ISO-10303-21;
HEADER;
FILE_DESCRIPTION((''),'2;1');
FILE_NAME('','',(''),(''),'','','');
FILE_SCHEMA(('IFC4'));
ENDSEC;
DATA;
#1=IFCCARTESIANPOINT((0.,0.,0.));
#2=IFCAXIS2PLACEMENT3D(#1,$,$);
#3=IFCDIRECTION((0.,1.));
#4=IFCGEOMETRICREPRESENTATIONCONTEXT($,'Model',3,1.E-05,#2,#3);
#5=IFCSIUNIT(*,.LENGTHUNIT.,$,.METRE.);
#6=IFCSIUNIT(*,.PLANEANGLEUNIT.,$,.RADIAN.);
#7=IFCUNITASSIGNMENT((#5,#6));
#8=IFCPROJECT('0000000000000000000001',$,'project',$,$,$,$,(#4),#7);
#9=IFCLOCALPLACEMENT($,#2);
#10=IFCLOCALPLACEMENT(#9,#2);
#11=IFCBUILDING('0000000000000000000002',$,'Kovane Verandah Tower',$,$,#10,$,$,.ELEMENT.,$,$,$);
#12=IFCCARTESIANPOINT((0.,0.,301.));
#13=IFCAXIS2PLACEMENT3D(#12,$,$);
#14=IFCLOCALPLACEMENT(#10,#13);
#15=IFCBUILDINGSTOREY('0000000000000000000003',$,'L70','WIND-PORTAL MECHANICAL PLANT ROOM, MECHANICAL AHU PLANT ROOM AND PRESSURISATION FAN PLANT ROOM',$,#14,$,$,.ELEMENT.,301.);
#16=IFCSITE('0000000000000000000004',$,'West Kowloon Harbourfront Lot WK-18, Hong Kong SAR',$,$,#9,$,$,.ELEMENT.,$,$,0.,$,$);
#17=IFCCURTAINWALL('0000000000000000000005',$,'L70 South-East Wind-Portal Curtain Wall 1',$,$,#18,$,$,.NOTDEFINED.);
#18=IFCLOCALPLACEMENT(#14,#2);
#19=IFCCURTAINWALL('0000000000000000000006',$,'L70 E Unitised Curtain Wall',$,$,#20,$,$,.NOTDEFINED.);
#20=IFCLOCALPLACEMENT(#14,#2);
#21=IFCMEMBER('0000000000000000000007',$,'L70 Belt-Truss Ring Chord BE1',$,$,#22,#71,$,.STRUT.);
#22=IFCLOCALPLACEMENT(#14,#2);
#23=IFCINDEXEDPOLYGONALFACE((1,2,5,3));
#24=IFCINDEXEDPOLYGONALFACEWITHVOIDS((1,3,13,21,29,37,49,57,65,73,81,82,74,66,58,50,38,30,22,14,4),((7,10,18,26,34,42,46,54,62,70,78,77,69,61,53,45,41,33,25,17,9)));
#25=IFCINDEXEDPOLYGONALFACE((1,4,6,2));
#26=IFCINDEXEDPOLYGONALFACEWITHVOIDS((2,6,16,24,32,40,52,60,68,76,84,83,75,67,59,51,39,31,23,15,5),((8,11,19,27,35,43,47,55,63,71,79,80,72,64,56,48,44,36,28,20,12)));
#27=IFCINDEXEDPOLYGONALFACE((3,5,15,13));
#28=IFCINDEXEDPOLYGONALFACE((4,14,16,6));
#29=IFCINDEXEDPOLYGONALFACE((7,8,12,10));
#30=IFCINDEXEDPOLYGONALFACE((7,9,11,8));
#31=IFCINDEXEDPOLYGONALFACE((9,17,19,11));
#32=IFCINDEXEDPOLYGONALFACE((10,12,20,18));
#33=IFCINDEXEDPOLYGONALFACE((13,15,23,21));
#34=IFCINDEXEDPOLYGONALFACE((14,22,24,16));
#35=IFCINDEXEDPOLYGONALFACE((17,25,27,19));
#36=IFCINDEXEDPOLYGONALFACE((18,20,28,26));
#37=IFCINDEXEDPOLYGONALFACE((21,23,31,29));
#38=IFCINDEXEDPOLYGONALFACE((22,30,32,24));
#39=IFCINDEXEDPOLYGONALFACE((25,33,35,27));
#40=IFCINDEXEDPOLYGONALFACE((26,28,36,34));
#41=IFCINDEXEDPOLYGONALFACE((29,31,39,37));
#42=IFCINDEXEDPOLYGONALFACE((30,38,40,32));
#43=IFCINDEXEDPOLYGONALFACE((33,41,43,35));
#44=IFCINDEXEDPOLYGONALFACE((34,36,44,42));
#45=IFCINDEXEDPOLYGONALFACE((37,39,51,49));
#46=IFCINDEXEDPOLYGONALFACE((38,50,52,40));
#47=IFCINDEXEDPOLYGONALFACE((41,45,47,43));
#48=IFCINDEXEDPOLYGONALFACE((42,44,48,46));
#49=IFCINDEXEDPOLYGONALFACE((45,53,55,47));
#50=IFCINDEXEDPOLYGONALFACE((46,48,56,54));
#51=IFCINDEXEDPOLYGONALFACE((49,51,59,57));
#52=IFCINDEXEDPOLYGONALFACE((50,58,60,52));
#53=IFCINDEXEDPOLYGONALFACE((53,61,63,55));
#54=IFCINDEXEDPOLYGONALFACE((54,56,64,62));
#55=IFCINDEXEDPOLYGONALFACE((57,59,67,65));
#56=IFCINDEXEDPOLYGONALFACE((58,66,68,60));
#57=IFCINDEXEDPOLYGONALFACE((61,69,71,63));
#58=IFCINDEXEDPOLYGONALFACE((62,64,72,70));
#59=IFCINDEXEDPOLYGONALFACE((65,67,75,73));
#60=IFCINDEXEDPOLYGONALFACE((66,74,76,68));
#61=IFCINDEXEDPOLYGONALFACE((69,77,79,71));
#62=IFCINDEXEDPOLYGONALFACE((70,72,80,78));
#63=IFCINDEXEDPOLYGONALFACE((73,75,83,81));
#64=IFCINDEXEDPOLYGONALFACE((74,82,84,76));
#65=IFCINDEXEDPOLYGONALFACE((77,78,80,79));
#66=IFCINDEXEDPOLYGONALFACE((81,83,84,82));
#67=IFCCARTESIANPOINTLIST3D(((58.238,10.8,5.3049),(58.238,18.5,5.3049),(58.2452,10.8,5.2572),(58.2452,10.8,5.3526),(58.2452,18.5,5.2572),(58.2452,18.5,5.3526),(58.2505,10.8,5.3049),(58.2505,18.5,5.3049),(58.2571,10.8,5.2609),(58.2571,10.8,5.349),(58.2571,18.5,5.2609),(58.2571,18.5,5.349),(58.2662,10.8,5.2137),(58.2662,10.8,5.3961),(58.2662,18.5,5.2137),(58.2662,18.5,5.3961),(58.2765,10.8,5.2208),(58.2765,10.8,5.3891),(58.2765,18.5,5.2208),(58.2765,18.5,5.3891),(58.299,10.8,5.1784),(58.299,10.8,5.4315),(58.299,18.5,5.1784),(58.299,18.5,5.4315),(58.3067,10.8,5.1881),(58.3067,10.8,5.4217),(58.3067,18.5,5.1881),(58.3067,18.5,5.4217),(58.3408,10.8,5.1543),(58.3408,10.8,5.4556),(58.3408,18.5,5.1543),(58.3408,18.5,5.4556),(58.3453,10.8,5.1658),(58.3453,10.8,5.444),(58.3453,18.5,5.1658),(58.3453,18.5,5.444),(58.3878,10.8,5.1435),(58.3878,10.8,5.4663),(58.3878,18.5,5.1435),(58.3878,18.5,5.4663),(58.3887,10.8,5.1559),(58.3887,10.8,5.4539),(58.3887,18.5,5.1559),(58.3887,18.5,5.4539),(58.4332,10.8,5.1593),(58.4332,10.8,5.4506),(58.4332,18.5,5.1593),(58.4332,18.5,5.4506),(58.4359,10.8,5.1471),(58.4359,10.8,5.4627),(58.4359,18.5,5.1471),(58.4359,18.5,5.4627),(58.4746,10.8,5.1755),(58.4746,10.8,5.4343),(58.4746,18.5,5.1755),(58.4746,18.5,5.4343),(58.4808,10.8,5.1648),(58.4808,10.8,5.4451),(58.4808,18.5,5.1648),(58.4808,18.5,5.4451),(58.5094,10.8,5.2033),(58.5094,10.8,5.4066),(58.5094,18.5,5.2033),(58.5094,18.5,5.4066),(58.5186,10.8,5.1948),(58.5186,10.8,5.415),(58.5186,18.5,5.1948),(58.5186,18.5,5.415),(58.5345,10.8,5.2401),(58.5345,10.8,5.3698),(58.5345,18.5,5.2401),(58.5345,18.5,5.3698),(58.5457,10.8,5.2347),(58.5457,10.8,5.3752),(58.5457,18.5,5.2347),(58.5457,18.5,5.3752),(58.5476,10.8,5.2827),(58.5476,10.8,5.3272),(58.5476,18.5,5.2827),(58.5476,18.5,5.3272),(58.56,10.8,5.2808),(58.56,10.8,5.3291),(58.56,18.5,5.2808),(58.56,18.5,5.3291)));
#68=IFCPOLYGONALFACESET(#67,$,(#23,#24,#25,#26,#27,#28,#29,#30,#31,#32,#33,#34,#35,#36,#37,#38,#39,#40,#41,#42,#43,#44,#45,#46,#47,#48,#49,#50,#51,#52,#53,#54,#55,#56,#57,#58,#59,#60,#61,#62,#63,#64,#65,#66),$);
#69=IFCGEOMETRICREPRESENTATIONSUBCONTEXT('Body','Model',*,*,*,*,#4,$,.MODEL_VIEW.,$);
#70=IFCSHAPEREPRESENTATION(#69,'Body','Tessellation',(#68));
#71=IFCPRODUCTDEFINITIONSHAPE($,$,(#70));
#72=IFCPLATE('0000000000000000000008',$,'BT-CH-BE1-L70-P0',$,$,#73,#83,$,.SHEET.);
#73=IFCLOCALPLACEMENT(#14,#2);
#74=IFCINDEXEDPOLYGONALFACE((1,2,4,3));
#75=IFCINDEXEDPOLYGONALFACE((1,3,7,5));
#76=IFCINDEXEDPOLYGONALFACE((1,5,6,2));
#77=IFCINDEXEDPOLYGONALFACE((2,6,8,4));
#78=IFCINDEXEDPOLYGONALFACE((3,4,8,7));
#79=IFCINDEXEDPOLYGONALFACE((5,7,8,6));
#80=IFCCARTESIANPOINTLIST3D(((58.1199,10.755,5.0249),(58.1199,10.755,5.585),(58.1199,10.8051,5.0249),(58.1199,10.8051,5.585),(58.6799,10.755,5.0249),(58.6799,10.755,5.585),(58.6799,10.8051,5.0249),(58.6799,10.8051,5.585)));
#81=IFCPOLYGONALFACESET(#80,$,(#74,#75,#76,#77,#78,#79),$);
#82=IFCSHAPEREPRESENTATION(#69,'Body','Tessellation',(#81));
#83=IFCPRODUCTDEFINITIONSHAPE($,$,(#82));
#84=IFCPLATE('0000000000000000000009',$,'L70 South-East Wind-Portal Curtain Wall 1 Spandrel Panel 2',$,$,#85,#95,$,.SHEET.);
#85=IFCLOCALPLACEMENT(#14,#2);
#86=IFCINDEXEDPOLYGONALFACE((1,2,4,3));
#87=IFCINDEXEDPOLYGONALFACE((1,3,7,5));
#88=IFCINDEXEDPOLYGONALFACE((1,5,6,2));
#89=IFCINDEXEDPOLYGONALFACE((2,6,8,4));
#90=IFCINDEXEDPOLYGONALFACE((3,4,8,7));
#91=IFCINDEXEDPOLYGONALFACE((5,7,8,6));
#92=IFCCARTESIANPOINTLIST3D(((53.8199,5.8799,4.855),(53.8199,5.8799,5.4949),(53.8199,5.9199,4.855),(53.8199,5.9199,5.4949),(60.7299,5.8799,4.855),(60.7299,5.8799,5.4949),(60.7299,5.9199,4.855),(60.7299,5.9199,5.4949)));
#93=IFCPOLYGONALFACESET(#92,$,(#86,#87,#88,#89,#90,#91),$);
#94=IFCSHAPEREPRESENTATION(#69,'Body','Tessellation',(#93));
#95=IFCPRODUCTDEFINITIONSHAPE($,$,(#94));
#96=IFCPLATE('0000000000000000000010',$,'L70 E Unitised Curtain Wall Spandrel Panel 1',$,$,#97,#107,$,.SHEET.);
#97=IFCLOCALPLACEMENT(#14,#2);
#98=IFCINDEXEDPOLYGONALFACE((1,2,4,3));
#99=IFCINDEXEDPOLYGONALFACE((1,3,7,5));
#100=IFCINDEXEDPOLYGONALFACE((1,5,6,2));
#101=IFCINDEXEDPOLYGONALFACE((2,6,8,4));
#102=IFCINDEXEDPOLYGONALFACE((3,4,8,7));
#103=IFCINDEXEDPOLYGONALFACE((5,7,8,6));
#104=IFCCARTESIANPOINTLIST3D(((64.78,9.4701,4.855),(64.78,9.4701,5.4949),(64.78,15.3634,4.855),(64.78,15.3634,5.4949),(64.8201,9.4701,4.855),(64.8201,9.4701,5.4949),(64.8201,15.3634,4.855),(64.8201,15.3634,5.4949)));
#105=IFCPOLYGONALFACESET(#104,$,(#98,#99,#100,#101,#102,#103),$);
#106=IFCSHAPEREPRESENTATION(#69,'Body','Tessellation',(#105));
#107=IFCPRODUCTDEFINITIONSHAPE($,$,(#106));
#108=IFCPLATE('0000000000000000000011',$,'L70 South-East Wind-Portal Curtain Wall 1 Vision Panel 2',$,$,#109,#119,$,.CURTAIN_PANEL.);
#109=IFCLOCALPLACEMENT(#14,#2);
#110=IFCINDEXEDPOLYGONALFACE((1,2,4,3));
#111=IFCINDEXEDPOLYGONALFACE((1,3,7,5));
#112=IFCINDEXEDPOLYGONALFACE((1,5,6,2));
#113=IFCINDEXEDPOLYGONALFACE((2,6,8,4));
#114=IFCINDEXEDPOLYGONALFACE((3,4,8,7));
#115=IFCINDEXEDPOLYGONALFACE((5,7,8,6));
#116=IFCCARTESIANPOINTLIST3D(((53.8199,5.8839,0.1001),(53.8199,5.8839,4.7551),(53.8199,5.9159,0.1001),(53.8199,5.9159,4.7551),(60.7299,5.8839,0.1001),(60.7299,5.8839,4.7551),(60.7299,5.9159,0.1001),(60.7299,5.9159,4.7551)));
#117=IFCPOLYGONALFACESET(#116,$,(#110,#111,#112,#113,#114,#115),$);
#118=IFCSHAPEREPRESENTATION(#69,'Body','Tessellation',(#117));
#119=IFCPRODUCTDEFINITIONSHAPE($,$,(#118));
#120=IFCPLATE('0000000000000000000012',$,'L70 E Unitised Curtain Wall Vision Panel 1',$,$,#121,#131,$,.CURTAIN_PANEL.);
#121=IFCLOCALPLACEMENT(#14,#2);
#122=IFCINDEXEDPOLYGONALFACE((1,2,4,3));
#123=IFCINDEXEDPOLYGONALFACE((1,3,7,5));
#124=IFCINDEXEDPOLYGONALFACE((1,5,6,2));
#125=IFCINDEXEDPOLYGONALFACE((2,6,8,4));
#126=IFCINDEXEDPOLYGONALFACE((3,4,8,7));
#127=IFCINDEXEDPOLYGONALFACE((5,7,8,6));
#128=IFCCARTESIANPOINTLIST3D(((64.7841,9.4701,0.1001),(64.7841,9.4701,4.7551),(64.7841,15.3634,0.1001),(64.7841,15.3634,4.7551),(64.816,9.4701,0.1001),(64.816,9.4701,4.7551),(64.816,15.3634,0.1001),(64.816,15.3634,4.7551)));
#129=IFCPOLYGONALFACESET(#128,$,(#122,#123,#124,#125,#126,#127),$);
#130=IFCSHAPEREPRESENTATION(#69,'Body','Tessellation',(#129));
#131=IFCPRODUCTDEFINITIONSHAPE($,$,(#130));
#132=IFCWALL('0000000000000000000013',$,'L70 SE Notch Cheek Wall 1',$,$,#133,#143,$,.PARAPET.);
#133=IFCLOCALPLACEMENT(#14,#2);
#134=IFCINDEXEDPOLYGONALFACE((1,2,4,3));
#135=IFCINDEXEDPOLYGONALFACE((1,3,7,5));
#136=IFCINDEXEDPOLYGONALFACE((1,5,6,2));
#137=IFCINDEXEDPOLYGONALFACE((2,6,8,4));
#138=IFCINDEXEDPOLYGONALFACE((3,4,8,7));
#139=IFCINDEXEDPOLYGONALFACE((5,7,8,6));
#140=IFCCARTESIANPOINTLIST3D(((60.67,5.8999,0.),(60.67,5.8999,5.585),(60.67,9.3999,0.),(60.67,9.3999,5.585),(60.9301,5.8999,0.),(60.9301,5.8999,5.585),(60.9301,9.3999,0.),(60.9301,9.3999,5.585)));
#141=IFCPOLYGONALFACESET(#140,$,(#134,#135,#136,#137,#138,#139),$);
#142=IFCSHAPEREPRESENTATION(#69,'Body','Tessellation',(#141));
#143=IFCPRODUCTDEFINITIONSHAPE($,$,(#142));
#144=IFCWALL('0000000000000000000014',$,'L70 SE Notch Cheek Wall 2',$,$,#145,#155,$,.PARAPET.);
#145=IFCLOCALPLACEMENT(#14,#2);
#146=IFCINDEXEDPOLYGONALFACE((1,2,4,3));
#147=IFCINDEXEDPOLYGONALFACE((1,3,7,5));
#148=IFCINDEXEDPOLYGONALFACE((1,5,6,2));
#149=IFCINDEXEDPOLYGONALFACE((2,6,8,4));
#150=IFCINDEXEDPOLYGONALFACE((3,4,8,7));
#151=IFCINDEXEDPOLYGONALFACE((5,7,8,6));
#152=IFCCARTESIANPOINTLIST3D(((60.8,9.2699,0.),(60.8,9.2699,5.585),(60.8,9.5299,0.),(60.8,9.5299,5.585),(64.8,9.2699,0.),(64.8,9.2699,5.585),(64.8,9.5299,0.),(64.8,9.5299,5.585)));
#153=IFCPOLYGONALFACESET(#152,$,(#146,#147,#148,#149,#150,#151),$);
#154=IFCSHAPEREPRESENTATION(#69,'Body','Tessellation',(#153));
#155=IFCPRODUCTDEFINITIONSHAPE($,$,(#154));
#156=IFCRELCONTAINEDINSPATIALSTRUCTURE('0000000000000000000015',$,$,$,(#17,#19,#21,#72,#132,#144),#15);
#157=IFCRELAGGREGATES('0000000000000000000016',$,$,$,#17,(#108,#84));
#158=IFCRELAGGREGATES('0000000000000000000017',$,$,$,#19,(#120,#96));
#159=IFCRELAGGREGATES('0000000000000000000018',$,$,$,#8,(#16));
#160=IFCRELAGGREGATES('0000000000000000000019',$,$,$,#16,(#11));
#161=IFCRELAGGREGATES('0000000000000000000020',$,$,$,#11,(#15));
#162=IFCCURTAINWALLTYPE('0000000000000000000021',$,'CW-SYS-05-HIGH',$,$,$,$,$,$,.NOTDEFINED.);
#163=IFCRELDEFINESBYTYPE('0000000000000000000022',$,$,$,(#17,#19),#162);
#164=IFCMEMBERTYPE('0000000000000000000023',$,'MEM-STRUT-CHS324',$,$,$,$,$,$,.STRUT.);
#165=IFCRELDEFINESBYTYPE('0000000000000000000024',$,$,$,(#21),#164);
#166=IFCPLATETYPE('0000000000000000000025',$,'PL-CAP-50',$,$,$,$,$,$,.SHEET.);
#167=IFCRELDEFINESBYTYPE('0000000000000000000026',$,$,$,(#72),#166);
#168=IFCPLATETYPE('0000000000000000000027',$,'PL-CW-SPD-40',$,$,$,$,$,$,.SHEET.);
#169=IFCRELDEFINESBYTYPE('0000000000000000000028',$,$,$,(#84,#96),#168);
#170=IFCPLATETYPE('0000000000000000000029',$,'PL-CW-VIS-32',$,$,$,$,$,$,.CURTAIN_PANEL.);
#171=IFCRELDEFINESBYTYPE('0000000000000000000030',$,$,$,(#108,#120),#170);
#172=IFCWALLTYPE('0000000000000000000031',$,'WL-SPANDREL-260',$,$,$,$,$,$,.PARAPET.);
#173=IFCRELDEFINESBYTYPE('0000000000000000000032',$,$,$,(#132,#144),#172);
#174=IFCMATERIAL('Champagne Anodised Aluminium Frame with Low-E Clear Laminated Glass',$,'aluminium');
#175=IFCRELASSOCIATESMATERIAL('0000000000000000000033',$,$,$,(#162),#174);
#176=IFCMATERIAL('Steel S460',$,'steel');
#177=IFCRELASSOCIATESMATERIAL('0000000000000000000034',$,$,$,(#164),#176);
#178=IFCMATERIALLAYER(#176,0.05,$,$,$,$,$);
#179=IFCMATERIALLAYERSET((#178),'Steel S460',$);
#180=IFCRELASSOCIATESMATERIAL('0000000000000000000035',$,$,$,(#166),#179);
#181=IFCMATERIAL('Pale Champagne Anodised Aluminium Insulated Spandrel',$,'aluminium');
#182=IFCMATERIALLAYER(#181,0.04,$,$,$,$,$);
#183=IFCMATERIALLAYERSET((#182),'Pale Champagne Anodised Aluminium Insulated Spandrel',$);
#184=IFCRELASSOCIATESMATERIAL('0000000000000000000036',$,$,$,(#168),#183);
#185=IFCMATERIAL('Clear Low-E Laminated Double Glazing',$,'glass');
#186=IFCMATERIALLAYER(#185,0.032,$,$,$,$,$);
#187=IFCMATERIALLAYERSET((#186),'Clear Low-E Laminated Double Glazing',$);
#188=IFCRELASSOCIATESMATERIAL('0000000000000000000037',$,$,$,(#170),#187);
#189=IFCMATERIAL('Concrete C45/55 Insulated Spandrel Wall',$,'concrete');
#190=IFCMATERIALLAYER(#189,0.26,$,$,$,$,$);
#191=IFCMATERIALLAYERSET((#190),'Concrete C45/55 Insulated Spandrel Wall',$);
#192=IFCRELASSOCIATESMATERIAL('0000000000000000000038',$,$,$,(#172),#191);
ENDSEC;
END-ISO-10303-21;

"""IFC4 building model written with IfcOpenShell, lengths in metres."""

from ifc_helpers import new_model, si_unit, direction, frame, frame_2d, origin, origin_2d, place, context, subcontext, project, spatial, rectangle, hollow_circle, extrude, material, layer, layer_set, material_profile, profile_set, type_object, element, aggregate, save


model = new_model("IFC4")

# Units and contexts
model_context = context("Model", 3, precision=1e-05, world=origin(), true_north=direction((0.0, 1.0)))
body_context = subcontext(model_context, "Body", "Model", "MODEL_VIEW")
ifc_project = project(units=[si_unit("LENGTHUNIT", "METRE"), si_unit("PLANEANGLEUNIT", "RADIAN")], contexts=[model_context])

# Site, building, storey
site_placement = place(None, origin())
site = spatial("IfcSite", under=ifc_project, at=site_placement, Name="West Kowloon Harbourfront Lot WK-18, Hong Kong SAR", CompositionType="ELEMENT", RefElevation=0.0)
building_placement = place(site_placement, origin())
building = spatial("IfcBuilding", under=site, at=building_placement, Name="Kovane Verandah Tower", CompositionType="ELEMENT")
storey_placement = place(building_placement, frame((0.0, 0.0, 301.0)))
storey = spatial("IfcBuildingStorey", under=building, at=storey_placement, Name="L70", Description="WIND-PORTAL MECHANICAL PLANT ROOM, MECHANICAL AHU PLANT ROOM AND PRESSURISATION FAN PLANT ROOM", CompositionType="ELEMENT", Elevation=301.0)

# Shared definitions
ifc_material_1 = material(Name="Steel S460", Category="steel")

# Curtain walls
ifc_material_2 = material(Name="Champagne Anodised Aluminium Frame with Low-E Clear Laminated Glass", Category="aluminium")
curtain_wall_type = type_object("IfcCurtainWallType", Name="CW-SYS-05-HIGH", PredefinedType="NOTDEFINED", material=ifc_material_2)
curtain_wall_1_placement = place(storey_placement, origin())
curtain_wall_1 = element("IfcCurtainWall", 1, at=curtain_wall_1_placement, inside=storey, type_object=curtain_wall_type, Name="L70 South-East Wind-Portal Curtain Wall 1", PredefinedType="NOTDEFINED")
curtain_wall_2_placement = place(storey_placement, origin())
curtain_wall_2 = element("IfcCurtainWall", 2, at=curtain_wall_2_placement, inside=storey, type_object=curtain_wall_type, Name="L70 E Unitised Curtain Wall", PredefinedType="NOTDEFINED")

# Member
ifc_material_profile_1 = material_profile(ifc_material_1, hollow_circle(Radius=0.1619, WallThickness=0.0125, at=origin_2d()), Name="CHS323.9x12.5")
ifc_profile_set_1 = profile_set([ifc_material_profile_1], Name="Steel S460")
member_type_1 = type_object("IfcMemberType", Name="MEM-STRUT-CHS324", PredefinedType="STRUT", material=ifc_profile_set_1)
member_1_placement = place(storey_placement, frame((58.3999, 10.8, 5.3049), z_axis=(0.0, 1.0, 0.0), x_axis=(-1.0, 0.0, 0.0)))
element("IfcMember", 3, at=member_1_placement, inside=storey, type_object=member_type_1, Name="L70 Belt-Truss Ring Chord BE1", PredefinedType="STRUT", context=body_context, shape_type="SweptSolid", body=[
    extrude(hollow_circle(Radius=0.1619, WallThickness=0.0125, at=origin_2d()), origin(), (0.0, 0.0, 1.0), 7.7),
])

# Plates
ifc_layer_1 = layer(ifc_material_1, 0.05)
ifc_layer_set_1 = layer_set([ifc_layer_1], Name="Steel S460")
plate_type_1 = type_object("IfcPlateType", Name="PL-CAP-50", PredefinedType="SHEET", material=ifc_layer_set_1)
plate_1_placement = place(storey_placement, frame((58.3999, 10.78, 5.0249), z_axis=(0.0, 0.0, 1.0), x_axis=(0.0, 1.0, 0.0)))
element("IfcPlate", 4, at=plate_1_placement, inside=storey, type_object=plate_type_1, Name="BT-CH-BE1-L70-P0", PredefinedType="SHEET", context=body_context, shape_type="SweptSolid", body=[
    extrude(rectangle(XDim=0.05, YDim=0.5601, at=origin_2d()), origin(), (0.0, 0.0, 1.0), 0.5601),
])
ifc_material_3 = material(Name="Pale Champagne Anodised Aluminium Insulated Spandrel", Category="aluminium")
ifc_layer_2 = layer(ifc_material_3, 0.04)
ifc_layer_set_2 = layer_set([ifc_layer_2], Name="Pale Champagne Anodised Aluminium Insulated Spandrel")
plate_type_2 = type_object("IfcPlateType", Name="PL-CW-SPD-40", PredefinedType="SHEET", material=ifc_layer_set_2)
plate_2_placement = place(storey_placement, frame((57.2749, 5.8999, 4.855), z_axis=(0.0, 0.0, 1.0), x_axis=(1.0, 0.0, 0.0)))
plate_2 = element("IfcPlate", 5, at=plate_2_placement, type_object=plate_type_2, Name="L70 South-East Wind-Portal Curtain Wall 1 Spandrel Panel 2", PredefinedType="SHEET", context=body_context, shape_type="SweptSolid", body=[
    extrude(rectangle(XDim=6.9099, YDim=0.04, at=origin_2d()), origin(), (0.0, 0.0, 1.0), 0.6399),
])
plate_3_placement = place(storey_placement, frame((64.8, 12.4167, 4.855), z_axis=(0.0, 0.0, 1.0), x_axis=(0.0, 1.0, 0.0)))
plate_3 = element("IfcPlate", 6, at=plate_3_placement, type_object=plate_type_2, Name="L70 E Unitised Curtain Wall Spandrel Panel 1", PredefinedType="SHEET", context=body_context, shape_type="SweptSolid", body=[
    extrude(rectangle(XDim=5.8933, YDim=0.04, at=origin_2d()), origin(), (0.0, 0.0, 1.0), 0.6399),
])
ifc_material_4 = material(Name="Clear Low-E Laminated Double Glazing", Category="glass")
ifc_layer_3 = layer(ifc_material_4, 0.032)
ifc_layer_set_3 = layer_set([ifc_layer_3], Name="Clear Low-E Laminated Double Glazing")
plate_type_3 = type_object("IfcPlateType", Name="PL-CW-VIS-32", PredefinedType="CURTAIN_PANEL", material=ifc_layer_set_3)
plate_4_placement = place(storey_placement, frame((57.2749, 5.8999, 0.1001), z_axis=(0.0, 0.0, 1.0), x_axis=(1.0, 0.0, 0.0)))
plate_4 = element("IfcPlate", 7, at=plate_4_placement, type_object=plate_type_3, Name="L70 South-East Wind-Portal Curtain Wall 1 Vision Panel 2", PredefinedType="CURTAIN_PANEL", context=body_context, shape_type="SweptSolid", body=[
    extrude(rectangle(XDim=6.9099, YDim=0.032, at=origin_2d()), origin(), (0.0, 0.0, 1.0), 4.655),
])
aggregate(curtain_wall_1, [plate_4, plate_2])
plate_5_placement = place(storey_placement, frame((64.8, 12.4167, 0.1001), z_axis=(0.0, 0.0, 1.0), x_axis=(0.0, 1.0, 0.0)))
plate_5 = element("IfcPlate", 8, at=plate_5_placement, type_object=plate_type_3, Name="L70 E Unitised Curtain Wall Vision Panel 1", PredefinedType="CURTAIN_PANEL", context=body_context, shape_type="SweptSolid", body=[
    extrude(rectangle(XDim=5.8933, YDim=0.032, at=origin_2d()), origin(), (0.0, 0.0, 1.0), 4.655),
])
aggregate(curtain_wall_2, [plate_5, plate_3])

# Walls
ifc_material_5 = material(Name="Concrete C45/55 Insulated Spandrel Wall", Category="concrete")
ifc_layer_4 = layer(ifc_material_5, 0.26)
ifc_layer_set_4 = layer_set([ifc_layer_4], Name="Concrete C45/55 Insulated Spandrel Wall")
wall_type = type_object("IfcWallType", Name="WL-SPANDREL-260", PredefinedType="PARAPET", material=ifc_layer_set_4)
wall_1_placement = place(storey_placement, frame((60.8, 5.8999, 0.0), z_axis=(0.0, 0.0, 1.0), x_axis=(0.0, 1.0, 0.0)))
element("IfcWall", 9, at=wall_1_placement, inside=storey, type_object=wall_type, Name="L70 SE Notch Cheek Wall 1", PredefinedType="PARAPET", context=body_context, shape_type="SweptSolid", body=[
    extrude(rectangle(XDim=3.5, YDim=0.26, at=frame_2d((1.75, 0.0))), origin(), (0.0, 0.0, 1.0), 5.585),
])
wall_2_placement = place(storey_placement, frame((60.8, 9.3999, 0.0), z_axis=(0.0, 0.0, 1.0), x_axis=(1.0, 0.0, 0.0)))
element("IfcWall", 10, at=wall_2_placement, inside=storey, type_object=wall_type, Name="L70 SE Notch Cheek Wall 2", PredefinedType="PARAPET", context=body_context, shape_type="SweptSolid", body=[
    extrude(rectangle(XDim=4.0, YDim=0.26, at=frame_2d((2.0, 0.0))), origin(), (0.0, 0.0, 1.0), 5.585),
])

save(model, "model.ifc")
